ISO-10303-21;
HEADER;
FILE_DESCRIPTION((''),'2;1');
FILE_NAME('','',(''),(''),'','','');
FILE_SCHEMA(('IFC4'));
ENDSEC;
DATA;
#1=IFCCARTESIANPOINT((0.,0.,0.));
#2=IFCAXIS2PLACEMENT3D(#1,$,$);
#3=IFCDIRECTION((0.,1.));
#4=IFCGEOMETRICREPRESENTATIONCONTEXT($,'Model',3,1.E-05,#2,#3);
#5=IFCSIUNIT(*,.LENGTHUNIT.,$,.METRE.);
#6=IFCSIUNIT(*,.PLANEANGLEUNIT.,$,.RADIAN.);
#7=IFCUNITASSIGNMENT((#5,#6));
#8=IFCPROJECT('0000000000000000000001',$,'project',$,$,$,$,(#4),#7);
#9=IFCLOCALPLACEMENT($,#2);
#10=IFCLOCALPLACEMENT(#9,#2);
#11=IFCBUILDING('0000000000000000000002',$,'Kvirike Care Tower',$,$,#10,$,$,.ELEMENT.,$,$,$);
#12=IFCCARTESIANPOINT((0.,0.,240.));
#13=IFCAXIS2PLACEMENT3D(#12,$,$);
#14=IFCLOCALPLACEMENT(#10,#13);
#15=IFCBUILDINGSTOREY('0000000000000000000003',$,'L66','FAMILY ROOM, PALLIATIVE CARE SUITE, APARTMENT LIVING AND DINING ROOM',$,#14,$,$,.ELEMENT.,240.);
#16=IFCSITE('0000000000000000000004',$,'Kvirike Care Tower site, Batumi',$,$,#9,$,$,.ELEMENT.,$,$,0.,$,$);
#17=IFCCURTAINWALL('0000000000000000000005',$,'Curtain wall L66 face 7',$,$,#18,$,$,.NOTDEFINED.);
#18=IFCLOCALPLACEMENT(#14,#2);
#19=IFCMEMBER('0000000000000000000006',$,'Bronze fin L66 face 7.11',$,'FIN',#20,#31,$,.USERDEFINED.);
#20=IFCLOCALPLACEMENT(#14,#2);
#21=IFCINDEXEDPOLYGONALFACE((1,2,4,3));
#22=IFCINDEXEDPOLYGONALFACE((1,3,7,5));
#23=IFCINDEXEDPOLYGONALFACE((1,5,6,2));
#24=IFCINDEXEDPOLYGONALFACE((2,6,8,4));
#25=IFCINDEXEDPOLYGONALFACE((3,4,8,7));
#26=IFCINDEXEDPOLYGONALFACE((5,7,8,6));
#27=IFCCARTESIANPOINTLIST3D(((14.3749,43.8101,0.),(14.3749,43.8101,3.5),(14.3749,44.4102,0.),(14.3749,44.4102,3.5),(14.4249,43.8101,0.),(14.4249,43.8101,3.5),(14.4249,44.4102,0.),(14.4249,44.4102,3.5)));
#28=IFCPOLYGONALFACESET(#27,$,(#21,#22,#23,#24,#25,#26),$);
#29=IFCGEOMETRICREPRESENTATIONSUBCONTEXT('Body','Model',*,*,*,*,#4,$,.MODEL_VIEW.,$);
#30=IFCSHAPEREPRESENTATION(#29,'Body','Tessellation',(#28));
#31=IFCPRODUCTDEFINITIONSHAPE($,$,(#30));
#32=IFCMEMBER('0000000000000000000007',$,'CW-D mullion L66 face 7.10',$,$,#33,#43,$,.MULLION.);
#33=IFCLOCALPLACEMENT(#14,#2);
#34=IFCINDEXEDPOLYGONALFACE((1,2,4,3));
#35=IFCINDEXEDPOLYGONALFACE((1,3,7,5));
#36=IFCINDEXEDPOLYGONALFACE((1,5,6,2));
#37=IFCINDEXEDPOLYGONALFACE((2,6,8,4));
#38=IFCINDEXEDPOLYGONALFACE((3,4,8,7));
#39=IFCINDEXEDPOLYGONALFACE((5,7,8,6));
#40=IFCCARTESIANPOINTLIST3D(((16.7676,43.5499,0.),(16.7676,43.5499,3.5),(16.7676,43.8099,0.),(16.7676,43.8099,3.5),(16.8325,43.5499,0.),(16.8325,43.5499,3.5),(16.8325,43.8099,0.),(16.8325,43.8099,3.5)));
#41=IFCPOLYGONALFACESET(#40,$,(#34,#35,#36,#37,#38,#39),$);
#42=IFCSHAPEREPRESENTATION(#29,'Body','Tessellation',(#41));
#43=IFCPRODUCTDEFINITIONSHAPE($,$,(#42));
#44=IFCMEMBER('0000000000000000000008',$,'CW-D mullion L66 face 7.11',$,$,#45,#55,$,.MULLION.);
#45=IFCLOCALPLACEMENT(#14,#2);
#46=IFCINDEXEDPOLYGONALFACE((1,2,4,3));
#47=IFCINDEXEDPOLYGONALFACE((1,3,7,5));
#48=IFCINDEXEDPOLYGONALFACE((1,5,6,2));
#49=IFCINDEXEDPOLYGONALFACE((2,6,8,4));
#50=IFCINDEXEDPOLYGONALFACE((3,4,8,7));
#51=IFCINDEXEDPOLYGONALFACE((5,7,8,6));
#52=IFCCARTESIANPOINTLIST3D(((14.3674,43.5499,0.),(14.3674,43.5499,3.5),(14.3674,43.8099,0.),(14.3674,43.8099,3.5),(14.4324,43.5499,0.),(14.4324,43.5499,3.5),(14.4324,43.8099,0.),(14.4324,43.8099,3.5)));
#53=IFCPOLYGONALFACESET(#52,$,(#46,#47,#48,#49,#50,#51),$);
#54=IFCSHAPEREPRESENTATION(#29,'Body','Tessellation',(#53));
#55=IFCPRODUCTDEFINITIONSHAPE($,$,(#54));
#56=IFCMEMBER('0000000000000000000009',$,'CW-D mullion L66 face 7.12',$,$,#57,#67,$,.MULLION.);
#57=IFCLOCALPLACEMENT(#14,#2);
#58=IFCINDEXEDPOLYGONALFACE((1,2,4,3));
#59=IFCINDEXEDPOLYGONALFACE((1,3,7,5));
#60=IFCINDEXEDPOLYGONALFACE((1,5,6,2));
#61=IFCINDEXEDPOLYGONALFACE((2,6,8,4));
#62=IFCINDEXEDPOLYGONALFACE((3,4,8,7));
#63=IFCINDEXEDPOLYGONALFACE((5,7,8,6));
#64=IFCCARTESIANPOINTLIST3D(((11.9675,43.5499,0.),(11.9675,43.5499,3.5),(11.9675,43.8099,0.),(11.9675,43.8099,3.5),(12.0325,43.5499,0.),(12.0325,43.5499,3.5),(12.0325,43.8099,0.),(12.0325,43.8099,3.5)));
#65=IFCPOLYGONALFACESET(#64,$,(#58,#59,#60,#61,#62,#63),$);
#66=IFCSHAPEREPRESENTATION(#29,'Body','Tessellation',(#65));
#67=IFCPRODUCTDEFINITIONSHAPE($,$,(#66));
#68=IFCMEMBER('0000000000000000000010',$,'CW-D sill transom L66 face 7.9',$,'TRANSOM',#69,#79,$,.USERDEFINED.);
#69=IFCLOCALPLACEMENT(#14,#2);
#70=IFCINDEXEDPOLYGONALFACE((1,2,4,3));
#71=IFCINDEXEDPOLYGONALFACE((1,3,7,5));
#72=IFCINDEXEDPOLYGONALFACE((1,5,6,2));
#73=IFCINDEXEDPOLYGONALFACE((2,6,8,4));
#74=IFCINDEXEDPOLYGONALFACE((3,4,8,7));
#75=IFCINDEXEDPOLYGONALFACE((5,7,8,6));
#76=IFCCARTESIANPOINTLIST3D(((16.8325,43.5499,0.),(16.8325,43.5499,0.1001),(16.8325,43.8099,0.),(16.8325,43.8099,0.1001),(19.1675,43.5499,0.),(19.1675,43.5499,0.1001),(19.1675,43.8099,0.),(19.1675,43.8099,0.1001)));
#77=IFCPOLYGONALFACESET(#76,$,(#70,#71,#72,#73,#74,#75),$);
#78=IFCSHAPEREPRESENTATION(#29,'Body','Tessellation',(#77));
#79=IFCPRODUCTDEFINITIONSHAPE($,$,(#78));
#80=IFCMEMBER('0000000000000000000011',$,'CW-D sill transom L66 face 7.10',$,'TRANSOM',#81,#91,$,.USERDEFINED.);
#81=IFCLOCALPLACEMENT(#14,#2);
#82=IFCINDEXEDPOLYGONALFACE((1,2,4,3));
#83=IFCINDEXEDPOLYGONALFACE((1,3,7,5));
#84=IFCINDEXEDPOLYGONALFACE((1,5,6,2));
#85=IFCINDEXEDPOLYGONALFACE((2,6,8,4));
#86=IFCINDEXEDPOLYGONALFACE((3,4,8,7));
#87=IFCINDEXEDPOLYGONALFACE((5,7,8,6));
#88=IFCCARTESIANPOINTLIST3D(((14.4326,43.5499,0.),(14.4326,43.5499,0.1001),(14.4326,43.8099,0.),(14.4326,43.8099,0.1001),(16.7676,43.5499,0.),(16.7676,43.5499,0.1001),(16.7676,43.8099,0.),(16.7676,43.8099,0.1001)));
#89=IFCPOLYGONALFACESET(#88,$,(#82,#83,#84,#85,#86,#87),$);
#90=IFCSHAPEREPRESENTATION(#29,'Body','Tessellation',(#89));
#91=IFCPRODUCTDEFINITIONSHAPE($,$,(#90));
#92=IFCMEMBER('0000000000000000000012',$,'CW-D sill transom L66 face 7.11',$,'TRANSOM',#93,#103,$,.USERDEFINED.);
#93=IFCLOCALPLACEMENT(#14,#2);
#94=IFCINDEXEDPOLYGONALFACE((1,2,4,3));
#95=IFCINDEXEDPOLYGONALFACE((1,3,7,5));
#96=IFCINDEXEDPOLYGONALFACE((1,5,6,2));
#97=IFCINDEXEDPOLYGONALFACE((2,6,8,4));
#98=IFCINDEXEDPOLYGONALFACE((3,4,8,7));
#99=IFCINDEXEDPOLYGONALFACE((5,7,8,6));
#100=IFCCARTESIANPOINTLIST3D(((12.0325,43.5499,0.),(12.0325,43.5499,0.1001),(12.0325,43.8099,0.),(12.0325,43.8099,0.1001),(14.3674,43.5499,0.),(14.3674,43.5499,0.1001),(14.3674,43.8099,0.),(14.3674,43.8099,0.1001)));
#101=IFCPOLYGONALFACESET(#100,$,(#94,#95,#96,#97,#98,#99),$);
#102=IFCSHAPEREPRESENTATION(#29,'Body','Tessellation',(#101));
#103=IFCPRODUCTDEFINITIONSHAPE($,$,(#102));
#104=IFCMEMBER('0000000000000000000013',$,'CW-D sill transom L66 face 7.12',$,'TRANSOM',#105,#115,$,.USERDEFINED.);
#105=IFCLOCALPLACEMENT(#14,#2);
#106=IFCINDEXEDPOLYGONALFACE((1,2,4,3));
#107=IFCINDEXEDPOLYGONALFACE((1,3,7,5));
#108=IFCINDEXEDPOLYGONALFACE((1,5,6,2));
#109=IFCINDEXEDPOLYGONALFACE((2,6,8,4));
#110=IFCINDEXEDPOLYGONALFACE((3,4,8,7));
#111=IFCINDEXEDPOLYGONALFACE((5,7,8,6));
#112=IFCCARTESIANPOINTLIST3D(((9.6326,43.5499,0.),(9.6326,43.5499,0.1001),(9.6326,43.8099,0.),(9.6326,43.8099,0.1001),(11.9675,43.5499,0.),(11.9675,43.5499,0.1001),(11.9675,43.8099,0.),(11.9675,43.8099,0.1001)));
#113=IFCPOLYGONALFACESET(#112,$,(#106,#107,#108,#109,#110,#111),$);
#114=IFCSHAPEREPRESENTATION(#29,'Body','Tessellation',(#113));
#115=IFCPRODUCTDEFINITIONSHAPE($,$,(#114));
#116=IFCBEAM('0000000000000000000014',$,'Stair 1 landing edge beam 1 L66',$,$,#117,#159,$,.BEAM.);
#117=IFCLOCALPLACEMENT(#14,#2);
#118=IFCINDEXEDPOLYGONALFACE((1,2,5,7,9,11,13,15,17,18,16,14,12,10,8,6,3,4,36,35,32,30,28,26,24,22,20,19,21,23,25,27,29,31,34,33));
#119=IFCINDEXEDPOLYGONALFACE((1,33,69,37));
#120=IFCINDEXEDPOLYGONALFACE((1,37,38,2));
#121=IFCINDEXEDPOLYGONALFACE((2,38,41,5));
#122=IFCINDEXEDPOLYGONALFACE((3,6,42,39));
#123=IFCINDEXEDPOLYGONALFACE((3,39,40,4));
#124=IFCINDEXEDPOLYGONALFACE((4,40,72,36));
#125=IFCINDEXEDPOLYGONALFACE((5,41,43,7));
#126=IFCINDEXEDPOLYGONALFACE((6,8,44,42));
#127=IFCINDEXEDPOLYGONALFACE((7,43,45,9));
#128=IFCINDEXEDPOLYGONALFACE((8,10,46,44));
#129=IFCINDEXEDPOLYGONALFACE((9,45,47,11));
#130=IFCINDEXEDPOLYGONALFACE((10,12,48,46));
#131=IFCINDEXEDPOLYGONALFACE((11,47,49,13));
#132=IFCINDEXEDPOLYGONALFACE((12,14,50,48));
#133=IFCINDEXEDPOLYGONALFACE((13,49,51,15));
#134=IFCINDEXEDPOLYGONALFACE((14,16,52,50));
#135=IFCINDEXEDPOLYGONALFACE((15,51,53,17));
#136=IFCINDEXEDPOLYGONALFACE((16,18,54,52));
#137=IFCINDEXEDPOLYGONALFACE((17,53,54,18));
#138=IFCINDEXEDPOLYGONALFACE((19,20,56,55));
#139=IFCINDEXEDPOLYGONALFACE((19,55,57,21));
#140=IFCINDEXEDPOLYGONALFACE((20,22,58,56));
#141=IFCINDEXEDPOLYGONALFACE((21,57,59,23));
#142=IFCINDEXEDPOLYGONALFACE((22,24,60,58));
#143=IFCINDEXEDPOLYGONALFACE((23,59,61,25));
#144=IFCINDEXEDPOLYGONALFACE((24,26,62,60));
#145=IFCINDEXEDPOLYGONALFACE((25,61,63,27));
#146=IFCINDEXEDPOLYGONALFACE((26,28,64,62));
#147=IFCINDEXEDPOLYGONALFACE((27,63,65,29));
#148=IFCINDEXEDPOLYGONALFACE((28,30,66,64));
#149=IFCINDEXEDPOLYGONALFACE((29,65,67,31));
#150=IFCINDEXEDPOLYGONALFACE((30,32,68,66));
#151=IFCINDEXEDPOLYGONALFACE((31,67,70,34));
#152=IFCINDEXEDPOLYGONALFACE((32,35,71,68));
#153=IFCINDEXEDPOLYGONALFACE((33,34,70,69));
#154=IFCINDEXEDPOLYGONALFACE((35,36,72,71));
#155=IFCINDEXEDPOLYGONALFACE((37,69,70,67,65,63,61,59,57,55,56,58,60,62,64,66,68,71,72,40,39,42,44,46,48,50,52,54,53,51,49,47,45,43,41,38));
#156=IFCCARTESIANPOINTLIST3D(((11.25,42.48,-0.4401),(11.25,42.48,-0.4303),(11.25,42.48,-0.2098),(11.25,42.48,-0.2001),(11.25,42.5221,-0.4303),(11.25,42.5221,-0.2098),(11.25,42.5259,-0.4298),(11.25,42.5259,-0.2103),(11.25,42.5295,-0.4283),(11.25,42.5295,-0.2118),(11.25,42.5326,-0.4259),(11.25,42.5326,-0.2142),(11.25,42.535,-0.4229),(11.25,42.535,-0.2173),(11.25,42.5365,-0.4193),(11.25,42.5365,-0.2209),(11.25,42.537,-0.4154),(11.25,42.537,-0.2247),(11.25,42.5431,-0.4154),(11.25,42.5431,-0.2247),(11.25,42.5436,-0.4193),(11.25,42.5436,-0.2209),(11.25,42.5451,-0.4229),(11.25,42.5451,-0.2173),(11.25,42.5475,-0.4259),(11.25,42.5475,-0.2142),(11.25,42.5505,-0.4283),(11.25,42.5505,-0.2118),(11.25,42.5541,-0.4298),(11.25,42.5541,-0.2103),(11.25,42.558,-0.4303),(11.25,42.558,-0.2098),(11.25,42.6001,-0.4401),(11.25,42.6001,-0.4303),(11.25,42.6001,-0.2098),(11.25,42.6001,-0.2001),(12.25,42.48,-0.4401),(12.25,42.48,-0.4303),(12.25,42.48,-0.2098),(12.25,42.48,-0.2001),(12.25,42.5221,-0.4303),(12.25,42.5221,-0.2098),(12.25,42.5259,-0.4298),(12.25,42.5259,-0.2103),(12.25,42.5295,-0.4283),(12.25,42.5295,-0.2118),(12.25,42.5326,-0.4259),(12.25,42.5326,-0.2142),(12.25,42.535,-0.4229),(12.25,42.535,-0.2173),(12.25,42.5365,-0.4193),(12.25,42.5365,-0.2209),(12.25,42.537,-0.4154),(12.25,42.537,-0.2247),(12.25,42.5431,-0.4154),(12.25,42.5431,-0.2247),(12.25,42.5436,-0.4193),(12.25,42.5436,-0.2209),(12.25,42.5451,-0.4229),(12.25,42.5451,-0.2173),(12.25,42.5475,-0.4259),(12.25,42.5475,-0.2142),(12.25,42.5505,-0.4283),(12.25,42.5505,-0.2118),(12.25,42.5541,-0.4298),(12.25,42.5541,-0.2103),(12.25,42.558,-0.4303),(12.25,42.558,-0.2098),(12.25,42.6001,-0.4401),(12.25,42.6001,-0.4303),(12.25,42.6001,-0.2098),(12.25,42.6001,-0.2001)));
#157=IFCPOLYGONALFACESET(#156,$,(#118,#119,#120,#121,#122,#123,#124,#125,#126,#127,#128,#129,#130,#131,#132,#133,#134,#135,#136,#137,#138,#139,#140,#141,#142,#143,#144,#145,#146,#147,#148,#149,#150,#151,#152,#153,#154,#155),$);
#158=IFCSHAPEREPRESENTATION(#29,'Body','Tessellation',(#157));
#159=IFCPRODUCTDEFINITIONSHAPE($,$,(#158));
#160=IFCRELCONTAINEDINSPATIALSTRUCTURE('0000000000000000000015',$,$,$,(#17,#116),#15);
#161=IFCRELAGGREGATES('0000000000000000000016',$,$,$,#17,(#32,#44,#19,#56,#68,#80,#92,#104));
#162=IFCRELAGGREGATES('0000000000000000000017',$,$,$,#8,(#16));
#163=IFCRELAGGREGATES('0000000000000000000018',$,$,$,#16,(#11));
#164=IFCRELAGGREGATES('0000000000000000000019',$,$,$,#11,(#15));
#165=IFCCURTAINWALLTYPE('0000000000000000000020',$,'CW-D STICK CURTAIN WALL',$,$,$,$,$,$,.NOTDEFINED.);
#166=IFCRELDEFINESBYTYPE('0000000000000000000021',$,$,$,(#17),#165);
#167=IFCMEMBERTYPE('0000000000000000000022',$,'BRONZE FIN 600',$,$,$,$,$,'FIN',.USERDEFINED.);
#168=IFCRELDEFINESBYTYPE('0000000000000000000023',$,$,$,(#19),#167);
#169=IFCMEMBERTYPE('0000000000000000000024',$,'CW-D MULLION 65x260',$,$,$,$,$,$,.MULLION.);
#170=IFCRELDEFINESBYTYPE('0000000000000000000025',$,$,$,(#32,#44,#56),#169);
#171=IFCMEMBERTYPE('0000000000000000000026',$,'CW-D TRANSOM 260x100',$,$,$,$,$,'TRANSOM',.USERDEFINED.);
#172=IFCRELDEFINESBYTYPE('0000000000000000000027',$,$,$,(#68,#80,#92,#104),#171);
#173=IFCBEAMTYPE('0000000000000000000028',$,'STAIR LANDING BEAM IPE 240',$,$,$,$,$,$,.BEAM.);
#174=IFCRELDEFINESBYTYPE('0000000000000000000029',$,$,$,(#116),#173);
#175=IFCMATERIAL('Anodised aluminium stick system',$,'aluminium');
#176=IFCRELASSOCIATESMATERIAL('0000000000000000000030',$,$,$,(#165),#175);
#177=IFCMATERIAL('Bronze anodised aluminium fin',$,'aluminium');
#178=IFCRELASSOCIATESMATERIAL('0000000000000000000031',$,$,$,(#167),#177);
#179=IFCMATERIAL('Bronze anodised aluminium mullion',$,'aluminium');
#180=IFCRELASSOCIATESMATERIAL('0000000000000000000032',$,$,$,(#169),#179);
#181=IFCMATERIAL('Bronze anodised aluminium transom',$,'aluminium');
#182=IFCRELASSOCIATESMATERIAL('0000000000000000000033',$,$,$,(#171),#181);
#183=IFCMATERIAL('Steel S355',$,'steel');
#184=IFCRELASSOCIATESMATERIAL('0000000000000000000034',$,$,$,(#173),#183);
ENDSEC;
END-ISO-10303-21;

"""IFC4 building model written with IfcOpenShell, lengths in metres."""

from ifc_helpers import new_model, si_unit, direction, frame, origin, origin_2d, place, context, subcontext, project, spatial, rectangle, i_section, extrude, material, material_profile, profile_set, type_object, element, aggregate, save


model = new_model("IFC4")

# Units and contexts
model_context = context("Model", 3, precision=1e-05, world=origin(), true_north=direction((0.0, 1.0)))
body_context = subcontext(model_context, "Body", "Model", "MODEL_VIEW")
ifc_project = project(units=[si_unit("LENGTHUNIT", "METRE"), si_unit("PLANEANGLEUNIT", "RADIAN")], contexts=[model_context])

# Site, building, storey
site_placement = place(None, origin())
site = spatial("IfcSite", under=ifc_project, at=site_placement, Name="Kvirike Care Tower site, Batumi", CompositionType="ELEMENT", RefElevation=0.0)
building_placement = place(site_placement, origin())
building = spatial("IfcBuilding", under=site, at=building_placement, Name="Kvirike Care Tower", CompositionType="ELEMENT")
storey_placement = place(building_placement, frame((0.0, 0.0, 240.0)))
storey = spatial("IfcBuildingStorey", under=building, at=storey_placement, Name="L66", Description="FAMILY ROOM, PALLIATIVE CARE SUITE, APARTMENT LIVING AND DINING ROOM", CompositionType="ELEMENT", Elevation=240.0)

# Curtain wall, members
ifc_material_1 = material(Name="Anodised aluminium stick system", Category="aluminium")
curtain_wall_type = type_object("IfcCurtainWallType", Name="CW-D STICK CURTAIN WALL", PredefinedType="NOTDEFINED", material=ifc_material_1)
curtain_wall_placement = place(storey_placement, origin())
curtain_wall = element("IfcCurtainWall", 1, at=curtain_wall_placement, inside=storey, type_object=curtain_wall_type, Name="Curtain wall L66 face 7", PredefinedType="NOTDEFINED")
ifc_material_2 = material(Name="Bronze anodised aluminium fin", Category="aluminium")
ifc_material_profile_1 = material_profile(ifc_material_2, rectangle(XDim=0.05, YDim=0.6001, at=origin_2d()), Name="BRONZE FIN 600")
ifc_profile_set_1 = profile_set([ifc_material_profile_1], Name="Bronze anodised aluminium fin")
member_type_1 = type_object("IfcMemberType", Name="BRONZE FIN 600", ElementType="FIN", PredefinedType="USERDEFINED", material=ifc_profile_set_1)
member_1_placement = place(storey_placement, frame((14.3999, 44.1101, 0.0), z_axis=(0.0, 0.0, 1.0), x_axis=(-1.0, 0.0, 0.0)))
member_1 = element("IfcMember", 2, at=member_1_placement, type_object=member_type_1, Name="Bronze fin L66 face 7.11", ObjectType="FIN", PredefinedType="USERDEFINED", context=body_context, shape_type="SweptSolid", body=[
    extrude(rectangle(XDim=0.05, YDim=0.6001, at=origin_2d()), origin(), (0.0, 0.0, 1.0), 3.5),
])
ifc_material_3 = material(Name="Bronze anodised aluminium mullion", Category="aluminium")
ifc_material_profile_2 = material_profile(ifc_material_3, rectangle(XDim=0.0649, YDim=0.26, at=origin_2d()), Name="CW-D MULLION 65x260")
ifc_profile_set_2 = profile_set([ifc_material_profile_2], Name="Bronze anodised aluminium mullion")
member_type_2 = type_object("IfcMemberType", Name="CW-D MULLION 65x260", PredefinedType="MULLION", material=ifc_profile_set_2)
member_2_placement = place(storey_placement, frame((16.8, 43.6799, 0.0), z_axis=(0.0, 0.0, 1.0), x_axis=(-1.0, 0.0, 0.0)))
member_2 = element("IfcMember", 3, at=member_2_placement, type_object=member_type_2, Name="CW-D mullion L66 face 7.10", PredefinedType="MULLION", context=body_context, shape_type="SweptSolid", body=[
    extrude(rectangle(XDim=0.0649, YDim=0.26, at=origin_2d()), origin(), (0.0, 0.0, 1.0), 3.5),
])
member_3_placement = place(storey_placement, frame((14.3999, 43.6799, 0.0), z_axis=(0.0, 0.0, 1.0), x_axis=(-1.0, 0.0, 0.0)))
member_3 = element("IfcMember", 4, at=member_3_placement, type_object=member_type_2, Name="CW-D mullion L66 face 7.11", PredefinedType="MULLION", context=body_context, shape_type="SweptSolid", body=[
    extrude(rectangle(XDim=0.0649, YDim=0.26, at=origin_2d()), origin(), (0.0, 0.0, 1.0), 3.5),
])
member_4_placement = place(storey_placement, frame((12.0, 43.6799, 0.0), z_axis=(0.0, 0.0, 1.0), x_axis=(-1.0, 0.0, 0.0)))
member_4 = element("IfcMember", 5, at=member_4_placement, type_object=member_type_2, Name="CW-D mullion L66 face 7.12", PredefinedType="MULLION", context=body_context, shape_type="SweptSolid", body=[
    extrude(rectangle(XDim=0.0649, YDim=0.26, at=origin_2d()), origin(), (0.0, 0.0, 1.0), 3.5),
])
ifc_material_4 = material(Name="Bronze anodised aluminium transom", Category="aluminium")
ifc_material_profile_3 = material_profile(ifc_material_4, rectangle(XDim=0.26, YDim=0.1001, at=origin_2d()), Name="CW-D TRANSOM 260x100")
ifc_profile_set_3 = profile_set([ifc_material_profile_3], Name="Bronze anodised aluminium transom")
member_type_3 = type_object("IfcMemberType", Name="CW-D TRANSOM 260x100", ElementType="TRANSOM", PredefinedType="USERDEFINED", material=ifc_profile_set_3)
member_5_placement = place(storey_placement, frame((19.1675, 43.6799, 0.05), z_axis=(-1.0, 0.0, 0.0), x_axis=(0.0, -1.0, 0.0)))
member_5 = element("IfcMember", 6, at=member_5_placement, type_object=member_type_3, Name="CW-D sill transom L66 face 7.9", ObjectType="TRANSOM", PredefinedType="USERDEFINED", context=body_context, shape_type="SweptSolid", body=[
    extrude(rectangle(XDim=0.26, YDim=0.1001, at=origin_2d()), origin(), (0.0, 0.0, 1.0), 2.335),
])
member_6_placement = place(storey_placement, frame((16.7676, 43.6799, 0.05), z_axis=(-1.0, 0.0, 0.0), x_axis=(0.0, -1.0, 0.0)))
member_6 = element("IfcMember", 7, at=member_6_placement, type_object=member_type_3, Name="CW-D sill transom L66 face 7.10", ObjectType="TRANSOM", PredefinedType="USERDEFINED", context=body_context, shape_type="SweptSolid", body=[
    extrude(rectangle(XDim=0.26, YDim=0.1001, at=origin_2d()), origin(), (0.0, 0.0, 1.0), 2.335),
])
member_7_placement = place(storey_placement, frame((14.3674, 43.6799, 0.05), z_axis=(-1.0, 0.0, 0.0), x_axis=(0.0, -1.0, 0.0)))
member_7 = element("IfcMember", 8, at=member_7_placement, type_object=member_type_3, Name="CW-D sill transom L66 face 7.11", ObjectType="TRANSOM", PredefinedType="USERDEFINED", context=body_context, shape_type="SweptSolid", body=[
    extrude(rectangle(XDim=0.26, YDim=0.1001, at=origin_2d()), origin(), (0.0, 0.0, 1.0), 2.335),
])
member_8_placement = place(storey_placement, frame((11.9675, 43.6799, 0.05), z_axis=(-1.0, 0.0, 0.0), x_axis=(0.0, -1.0, 0.0)))
member_8 = element("IfcMember", 9, at=member_8_placement, type_object=member_type_3, Name="CW-D sill transom L66 face 7.12", ObjectType="TRANSOM", PredefinedType="USERDEFINED", context=body_context, shape_type="SweptSolid", body=[
    extrude(rectangle(XDim=0.26, YDim=0.1001, at=origin_2d()), origin(), (0.0, 0.0, 1.0), 2.335),
])

# Beam
ifc_material_5 = material(Name="Steel S355", Category="steel")
ifc_material_profile_4 = material_profile(ifc_material_5, i_section(OverallWidth=0.1201, OverallDepth=0.24, WebThickness=0.0061, FlangeThickness=0.0098, FilletRadius=0.0149, at=origin_2d()), Name="IPE 240")
ifc_profile_set_4 = profile_set([ifc_material_profile_4], Name="Steel S355")
beam_type_1 = type_object("IfcBeamType", Name="STAIR LANDING BEAM IPE 240", PredefinedType="BEAM", material=ifc_profile_set_4)
for number, where, z_axis, x_axis, name in (
    (10, (11.25, 42.54, -0.3201), (1.0, 0.0, 0.0), (0.0, 1.0, 0.0), "Stair 1 landing edge beam 1 L66"),
):
    element("IfcBeam", number, at=place(storey_placement, frame(where, z_axis=z_axis, x_axis=x_axis)), inside=storey, type_object=beam_type_1, Name=name, PredefinedType="BEAM", context=body_context, shape_type="SweptSolid", body=[
        extrude(i_section(OverallWidth=0.1201, OverallDepth=0.24, WebThickness=0.0061, FlangeThickness=0.0098, FilletRadius=0.0149, at=origin_2d()), origin(), (0.0, 0.0, 1.0), 1.0),
    ])

aggregate(curtain_wall, [member_2, member_3, member_1, member_4, member_5, member_6, member_7, member_8])

save(model, "model.ifc")
